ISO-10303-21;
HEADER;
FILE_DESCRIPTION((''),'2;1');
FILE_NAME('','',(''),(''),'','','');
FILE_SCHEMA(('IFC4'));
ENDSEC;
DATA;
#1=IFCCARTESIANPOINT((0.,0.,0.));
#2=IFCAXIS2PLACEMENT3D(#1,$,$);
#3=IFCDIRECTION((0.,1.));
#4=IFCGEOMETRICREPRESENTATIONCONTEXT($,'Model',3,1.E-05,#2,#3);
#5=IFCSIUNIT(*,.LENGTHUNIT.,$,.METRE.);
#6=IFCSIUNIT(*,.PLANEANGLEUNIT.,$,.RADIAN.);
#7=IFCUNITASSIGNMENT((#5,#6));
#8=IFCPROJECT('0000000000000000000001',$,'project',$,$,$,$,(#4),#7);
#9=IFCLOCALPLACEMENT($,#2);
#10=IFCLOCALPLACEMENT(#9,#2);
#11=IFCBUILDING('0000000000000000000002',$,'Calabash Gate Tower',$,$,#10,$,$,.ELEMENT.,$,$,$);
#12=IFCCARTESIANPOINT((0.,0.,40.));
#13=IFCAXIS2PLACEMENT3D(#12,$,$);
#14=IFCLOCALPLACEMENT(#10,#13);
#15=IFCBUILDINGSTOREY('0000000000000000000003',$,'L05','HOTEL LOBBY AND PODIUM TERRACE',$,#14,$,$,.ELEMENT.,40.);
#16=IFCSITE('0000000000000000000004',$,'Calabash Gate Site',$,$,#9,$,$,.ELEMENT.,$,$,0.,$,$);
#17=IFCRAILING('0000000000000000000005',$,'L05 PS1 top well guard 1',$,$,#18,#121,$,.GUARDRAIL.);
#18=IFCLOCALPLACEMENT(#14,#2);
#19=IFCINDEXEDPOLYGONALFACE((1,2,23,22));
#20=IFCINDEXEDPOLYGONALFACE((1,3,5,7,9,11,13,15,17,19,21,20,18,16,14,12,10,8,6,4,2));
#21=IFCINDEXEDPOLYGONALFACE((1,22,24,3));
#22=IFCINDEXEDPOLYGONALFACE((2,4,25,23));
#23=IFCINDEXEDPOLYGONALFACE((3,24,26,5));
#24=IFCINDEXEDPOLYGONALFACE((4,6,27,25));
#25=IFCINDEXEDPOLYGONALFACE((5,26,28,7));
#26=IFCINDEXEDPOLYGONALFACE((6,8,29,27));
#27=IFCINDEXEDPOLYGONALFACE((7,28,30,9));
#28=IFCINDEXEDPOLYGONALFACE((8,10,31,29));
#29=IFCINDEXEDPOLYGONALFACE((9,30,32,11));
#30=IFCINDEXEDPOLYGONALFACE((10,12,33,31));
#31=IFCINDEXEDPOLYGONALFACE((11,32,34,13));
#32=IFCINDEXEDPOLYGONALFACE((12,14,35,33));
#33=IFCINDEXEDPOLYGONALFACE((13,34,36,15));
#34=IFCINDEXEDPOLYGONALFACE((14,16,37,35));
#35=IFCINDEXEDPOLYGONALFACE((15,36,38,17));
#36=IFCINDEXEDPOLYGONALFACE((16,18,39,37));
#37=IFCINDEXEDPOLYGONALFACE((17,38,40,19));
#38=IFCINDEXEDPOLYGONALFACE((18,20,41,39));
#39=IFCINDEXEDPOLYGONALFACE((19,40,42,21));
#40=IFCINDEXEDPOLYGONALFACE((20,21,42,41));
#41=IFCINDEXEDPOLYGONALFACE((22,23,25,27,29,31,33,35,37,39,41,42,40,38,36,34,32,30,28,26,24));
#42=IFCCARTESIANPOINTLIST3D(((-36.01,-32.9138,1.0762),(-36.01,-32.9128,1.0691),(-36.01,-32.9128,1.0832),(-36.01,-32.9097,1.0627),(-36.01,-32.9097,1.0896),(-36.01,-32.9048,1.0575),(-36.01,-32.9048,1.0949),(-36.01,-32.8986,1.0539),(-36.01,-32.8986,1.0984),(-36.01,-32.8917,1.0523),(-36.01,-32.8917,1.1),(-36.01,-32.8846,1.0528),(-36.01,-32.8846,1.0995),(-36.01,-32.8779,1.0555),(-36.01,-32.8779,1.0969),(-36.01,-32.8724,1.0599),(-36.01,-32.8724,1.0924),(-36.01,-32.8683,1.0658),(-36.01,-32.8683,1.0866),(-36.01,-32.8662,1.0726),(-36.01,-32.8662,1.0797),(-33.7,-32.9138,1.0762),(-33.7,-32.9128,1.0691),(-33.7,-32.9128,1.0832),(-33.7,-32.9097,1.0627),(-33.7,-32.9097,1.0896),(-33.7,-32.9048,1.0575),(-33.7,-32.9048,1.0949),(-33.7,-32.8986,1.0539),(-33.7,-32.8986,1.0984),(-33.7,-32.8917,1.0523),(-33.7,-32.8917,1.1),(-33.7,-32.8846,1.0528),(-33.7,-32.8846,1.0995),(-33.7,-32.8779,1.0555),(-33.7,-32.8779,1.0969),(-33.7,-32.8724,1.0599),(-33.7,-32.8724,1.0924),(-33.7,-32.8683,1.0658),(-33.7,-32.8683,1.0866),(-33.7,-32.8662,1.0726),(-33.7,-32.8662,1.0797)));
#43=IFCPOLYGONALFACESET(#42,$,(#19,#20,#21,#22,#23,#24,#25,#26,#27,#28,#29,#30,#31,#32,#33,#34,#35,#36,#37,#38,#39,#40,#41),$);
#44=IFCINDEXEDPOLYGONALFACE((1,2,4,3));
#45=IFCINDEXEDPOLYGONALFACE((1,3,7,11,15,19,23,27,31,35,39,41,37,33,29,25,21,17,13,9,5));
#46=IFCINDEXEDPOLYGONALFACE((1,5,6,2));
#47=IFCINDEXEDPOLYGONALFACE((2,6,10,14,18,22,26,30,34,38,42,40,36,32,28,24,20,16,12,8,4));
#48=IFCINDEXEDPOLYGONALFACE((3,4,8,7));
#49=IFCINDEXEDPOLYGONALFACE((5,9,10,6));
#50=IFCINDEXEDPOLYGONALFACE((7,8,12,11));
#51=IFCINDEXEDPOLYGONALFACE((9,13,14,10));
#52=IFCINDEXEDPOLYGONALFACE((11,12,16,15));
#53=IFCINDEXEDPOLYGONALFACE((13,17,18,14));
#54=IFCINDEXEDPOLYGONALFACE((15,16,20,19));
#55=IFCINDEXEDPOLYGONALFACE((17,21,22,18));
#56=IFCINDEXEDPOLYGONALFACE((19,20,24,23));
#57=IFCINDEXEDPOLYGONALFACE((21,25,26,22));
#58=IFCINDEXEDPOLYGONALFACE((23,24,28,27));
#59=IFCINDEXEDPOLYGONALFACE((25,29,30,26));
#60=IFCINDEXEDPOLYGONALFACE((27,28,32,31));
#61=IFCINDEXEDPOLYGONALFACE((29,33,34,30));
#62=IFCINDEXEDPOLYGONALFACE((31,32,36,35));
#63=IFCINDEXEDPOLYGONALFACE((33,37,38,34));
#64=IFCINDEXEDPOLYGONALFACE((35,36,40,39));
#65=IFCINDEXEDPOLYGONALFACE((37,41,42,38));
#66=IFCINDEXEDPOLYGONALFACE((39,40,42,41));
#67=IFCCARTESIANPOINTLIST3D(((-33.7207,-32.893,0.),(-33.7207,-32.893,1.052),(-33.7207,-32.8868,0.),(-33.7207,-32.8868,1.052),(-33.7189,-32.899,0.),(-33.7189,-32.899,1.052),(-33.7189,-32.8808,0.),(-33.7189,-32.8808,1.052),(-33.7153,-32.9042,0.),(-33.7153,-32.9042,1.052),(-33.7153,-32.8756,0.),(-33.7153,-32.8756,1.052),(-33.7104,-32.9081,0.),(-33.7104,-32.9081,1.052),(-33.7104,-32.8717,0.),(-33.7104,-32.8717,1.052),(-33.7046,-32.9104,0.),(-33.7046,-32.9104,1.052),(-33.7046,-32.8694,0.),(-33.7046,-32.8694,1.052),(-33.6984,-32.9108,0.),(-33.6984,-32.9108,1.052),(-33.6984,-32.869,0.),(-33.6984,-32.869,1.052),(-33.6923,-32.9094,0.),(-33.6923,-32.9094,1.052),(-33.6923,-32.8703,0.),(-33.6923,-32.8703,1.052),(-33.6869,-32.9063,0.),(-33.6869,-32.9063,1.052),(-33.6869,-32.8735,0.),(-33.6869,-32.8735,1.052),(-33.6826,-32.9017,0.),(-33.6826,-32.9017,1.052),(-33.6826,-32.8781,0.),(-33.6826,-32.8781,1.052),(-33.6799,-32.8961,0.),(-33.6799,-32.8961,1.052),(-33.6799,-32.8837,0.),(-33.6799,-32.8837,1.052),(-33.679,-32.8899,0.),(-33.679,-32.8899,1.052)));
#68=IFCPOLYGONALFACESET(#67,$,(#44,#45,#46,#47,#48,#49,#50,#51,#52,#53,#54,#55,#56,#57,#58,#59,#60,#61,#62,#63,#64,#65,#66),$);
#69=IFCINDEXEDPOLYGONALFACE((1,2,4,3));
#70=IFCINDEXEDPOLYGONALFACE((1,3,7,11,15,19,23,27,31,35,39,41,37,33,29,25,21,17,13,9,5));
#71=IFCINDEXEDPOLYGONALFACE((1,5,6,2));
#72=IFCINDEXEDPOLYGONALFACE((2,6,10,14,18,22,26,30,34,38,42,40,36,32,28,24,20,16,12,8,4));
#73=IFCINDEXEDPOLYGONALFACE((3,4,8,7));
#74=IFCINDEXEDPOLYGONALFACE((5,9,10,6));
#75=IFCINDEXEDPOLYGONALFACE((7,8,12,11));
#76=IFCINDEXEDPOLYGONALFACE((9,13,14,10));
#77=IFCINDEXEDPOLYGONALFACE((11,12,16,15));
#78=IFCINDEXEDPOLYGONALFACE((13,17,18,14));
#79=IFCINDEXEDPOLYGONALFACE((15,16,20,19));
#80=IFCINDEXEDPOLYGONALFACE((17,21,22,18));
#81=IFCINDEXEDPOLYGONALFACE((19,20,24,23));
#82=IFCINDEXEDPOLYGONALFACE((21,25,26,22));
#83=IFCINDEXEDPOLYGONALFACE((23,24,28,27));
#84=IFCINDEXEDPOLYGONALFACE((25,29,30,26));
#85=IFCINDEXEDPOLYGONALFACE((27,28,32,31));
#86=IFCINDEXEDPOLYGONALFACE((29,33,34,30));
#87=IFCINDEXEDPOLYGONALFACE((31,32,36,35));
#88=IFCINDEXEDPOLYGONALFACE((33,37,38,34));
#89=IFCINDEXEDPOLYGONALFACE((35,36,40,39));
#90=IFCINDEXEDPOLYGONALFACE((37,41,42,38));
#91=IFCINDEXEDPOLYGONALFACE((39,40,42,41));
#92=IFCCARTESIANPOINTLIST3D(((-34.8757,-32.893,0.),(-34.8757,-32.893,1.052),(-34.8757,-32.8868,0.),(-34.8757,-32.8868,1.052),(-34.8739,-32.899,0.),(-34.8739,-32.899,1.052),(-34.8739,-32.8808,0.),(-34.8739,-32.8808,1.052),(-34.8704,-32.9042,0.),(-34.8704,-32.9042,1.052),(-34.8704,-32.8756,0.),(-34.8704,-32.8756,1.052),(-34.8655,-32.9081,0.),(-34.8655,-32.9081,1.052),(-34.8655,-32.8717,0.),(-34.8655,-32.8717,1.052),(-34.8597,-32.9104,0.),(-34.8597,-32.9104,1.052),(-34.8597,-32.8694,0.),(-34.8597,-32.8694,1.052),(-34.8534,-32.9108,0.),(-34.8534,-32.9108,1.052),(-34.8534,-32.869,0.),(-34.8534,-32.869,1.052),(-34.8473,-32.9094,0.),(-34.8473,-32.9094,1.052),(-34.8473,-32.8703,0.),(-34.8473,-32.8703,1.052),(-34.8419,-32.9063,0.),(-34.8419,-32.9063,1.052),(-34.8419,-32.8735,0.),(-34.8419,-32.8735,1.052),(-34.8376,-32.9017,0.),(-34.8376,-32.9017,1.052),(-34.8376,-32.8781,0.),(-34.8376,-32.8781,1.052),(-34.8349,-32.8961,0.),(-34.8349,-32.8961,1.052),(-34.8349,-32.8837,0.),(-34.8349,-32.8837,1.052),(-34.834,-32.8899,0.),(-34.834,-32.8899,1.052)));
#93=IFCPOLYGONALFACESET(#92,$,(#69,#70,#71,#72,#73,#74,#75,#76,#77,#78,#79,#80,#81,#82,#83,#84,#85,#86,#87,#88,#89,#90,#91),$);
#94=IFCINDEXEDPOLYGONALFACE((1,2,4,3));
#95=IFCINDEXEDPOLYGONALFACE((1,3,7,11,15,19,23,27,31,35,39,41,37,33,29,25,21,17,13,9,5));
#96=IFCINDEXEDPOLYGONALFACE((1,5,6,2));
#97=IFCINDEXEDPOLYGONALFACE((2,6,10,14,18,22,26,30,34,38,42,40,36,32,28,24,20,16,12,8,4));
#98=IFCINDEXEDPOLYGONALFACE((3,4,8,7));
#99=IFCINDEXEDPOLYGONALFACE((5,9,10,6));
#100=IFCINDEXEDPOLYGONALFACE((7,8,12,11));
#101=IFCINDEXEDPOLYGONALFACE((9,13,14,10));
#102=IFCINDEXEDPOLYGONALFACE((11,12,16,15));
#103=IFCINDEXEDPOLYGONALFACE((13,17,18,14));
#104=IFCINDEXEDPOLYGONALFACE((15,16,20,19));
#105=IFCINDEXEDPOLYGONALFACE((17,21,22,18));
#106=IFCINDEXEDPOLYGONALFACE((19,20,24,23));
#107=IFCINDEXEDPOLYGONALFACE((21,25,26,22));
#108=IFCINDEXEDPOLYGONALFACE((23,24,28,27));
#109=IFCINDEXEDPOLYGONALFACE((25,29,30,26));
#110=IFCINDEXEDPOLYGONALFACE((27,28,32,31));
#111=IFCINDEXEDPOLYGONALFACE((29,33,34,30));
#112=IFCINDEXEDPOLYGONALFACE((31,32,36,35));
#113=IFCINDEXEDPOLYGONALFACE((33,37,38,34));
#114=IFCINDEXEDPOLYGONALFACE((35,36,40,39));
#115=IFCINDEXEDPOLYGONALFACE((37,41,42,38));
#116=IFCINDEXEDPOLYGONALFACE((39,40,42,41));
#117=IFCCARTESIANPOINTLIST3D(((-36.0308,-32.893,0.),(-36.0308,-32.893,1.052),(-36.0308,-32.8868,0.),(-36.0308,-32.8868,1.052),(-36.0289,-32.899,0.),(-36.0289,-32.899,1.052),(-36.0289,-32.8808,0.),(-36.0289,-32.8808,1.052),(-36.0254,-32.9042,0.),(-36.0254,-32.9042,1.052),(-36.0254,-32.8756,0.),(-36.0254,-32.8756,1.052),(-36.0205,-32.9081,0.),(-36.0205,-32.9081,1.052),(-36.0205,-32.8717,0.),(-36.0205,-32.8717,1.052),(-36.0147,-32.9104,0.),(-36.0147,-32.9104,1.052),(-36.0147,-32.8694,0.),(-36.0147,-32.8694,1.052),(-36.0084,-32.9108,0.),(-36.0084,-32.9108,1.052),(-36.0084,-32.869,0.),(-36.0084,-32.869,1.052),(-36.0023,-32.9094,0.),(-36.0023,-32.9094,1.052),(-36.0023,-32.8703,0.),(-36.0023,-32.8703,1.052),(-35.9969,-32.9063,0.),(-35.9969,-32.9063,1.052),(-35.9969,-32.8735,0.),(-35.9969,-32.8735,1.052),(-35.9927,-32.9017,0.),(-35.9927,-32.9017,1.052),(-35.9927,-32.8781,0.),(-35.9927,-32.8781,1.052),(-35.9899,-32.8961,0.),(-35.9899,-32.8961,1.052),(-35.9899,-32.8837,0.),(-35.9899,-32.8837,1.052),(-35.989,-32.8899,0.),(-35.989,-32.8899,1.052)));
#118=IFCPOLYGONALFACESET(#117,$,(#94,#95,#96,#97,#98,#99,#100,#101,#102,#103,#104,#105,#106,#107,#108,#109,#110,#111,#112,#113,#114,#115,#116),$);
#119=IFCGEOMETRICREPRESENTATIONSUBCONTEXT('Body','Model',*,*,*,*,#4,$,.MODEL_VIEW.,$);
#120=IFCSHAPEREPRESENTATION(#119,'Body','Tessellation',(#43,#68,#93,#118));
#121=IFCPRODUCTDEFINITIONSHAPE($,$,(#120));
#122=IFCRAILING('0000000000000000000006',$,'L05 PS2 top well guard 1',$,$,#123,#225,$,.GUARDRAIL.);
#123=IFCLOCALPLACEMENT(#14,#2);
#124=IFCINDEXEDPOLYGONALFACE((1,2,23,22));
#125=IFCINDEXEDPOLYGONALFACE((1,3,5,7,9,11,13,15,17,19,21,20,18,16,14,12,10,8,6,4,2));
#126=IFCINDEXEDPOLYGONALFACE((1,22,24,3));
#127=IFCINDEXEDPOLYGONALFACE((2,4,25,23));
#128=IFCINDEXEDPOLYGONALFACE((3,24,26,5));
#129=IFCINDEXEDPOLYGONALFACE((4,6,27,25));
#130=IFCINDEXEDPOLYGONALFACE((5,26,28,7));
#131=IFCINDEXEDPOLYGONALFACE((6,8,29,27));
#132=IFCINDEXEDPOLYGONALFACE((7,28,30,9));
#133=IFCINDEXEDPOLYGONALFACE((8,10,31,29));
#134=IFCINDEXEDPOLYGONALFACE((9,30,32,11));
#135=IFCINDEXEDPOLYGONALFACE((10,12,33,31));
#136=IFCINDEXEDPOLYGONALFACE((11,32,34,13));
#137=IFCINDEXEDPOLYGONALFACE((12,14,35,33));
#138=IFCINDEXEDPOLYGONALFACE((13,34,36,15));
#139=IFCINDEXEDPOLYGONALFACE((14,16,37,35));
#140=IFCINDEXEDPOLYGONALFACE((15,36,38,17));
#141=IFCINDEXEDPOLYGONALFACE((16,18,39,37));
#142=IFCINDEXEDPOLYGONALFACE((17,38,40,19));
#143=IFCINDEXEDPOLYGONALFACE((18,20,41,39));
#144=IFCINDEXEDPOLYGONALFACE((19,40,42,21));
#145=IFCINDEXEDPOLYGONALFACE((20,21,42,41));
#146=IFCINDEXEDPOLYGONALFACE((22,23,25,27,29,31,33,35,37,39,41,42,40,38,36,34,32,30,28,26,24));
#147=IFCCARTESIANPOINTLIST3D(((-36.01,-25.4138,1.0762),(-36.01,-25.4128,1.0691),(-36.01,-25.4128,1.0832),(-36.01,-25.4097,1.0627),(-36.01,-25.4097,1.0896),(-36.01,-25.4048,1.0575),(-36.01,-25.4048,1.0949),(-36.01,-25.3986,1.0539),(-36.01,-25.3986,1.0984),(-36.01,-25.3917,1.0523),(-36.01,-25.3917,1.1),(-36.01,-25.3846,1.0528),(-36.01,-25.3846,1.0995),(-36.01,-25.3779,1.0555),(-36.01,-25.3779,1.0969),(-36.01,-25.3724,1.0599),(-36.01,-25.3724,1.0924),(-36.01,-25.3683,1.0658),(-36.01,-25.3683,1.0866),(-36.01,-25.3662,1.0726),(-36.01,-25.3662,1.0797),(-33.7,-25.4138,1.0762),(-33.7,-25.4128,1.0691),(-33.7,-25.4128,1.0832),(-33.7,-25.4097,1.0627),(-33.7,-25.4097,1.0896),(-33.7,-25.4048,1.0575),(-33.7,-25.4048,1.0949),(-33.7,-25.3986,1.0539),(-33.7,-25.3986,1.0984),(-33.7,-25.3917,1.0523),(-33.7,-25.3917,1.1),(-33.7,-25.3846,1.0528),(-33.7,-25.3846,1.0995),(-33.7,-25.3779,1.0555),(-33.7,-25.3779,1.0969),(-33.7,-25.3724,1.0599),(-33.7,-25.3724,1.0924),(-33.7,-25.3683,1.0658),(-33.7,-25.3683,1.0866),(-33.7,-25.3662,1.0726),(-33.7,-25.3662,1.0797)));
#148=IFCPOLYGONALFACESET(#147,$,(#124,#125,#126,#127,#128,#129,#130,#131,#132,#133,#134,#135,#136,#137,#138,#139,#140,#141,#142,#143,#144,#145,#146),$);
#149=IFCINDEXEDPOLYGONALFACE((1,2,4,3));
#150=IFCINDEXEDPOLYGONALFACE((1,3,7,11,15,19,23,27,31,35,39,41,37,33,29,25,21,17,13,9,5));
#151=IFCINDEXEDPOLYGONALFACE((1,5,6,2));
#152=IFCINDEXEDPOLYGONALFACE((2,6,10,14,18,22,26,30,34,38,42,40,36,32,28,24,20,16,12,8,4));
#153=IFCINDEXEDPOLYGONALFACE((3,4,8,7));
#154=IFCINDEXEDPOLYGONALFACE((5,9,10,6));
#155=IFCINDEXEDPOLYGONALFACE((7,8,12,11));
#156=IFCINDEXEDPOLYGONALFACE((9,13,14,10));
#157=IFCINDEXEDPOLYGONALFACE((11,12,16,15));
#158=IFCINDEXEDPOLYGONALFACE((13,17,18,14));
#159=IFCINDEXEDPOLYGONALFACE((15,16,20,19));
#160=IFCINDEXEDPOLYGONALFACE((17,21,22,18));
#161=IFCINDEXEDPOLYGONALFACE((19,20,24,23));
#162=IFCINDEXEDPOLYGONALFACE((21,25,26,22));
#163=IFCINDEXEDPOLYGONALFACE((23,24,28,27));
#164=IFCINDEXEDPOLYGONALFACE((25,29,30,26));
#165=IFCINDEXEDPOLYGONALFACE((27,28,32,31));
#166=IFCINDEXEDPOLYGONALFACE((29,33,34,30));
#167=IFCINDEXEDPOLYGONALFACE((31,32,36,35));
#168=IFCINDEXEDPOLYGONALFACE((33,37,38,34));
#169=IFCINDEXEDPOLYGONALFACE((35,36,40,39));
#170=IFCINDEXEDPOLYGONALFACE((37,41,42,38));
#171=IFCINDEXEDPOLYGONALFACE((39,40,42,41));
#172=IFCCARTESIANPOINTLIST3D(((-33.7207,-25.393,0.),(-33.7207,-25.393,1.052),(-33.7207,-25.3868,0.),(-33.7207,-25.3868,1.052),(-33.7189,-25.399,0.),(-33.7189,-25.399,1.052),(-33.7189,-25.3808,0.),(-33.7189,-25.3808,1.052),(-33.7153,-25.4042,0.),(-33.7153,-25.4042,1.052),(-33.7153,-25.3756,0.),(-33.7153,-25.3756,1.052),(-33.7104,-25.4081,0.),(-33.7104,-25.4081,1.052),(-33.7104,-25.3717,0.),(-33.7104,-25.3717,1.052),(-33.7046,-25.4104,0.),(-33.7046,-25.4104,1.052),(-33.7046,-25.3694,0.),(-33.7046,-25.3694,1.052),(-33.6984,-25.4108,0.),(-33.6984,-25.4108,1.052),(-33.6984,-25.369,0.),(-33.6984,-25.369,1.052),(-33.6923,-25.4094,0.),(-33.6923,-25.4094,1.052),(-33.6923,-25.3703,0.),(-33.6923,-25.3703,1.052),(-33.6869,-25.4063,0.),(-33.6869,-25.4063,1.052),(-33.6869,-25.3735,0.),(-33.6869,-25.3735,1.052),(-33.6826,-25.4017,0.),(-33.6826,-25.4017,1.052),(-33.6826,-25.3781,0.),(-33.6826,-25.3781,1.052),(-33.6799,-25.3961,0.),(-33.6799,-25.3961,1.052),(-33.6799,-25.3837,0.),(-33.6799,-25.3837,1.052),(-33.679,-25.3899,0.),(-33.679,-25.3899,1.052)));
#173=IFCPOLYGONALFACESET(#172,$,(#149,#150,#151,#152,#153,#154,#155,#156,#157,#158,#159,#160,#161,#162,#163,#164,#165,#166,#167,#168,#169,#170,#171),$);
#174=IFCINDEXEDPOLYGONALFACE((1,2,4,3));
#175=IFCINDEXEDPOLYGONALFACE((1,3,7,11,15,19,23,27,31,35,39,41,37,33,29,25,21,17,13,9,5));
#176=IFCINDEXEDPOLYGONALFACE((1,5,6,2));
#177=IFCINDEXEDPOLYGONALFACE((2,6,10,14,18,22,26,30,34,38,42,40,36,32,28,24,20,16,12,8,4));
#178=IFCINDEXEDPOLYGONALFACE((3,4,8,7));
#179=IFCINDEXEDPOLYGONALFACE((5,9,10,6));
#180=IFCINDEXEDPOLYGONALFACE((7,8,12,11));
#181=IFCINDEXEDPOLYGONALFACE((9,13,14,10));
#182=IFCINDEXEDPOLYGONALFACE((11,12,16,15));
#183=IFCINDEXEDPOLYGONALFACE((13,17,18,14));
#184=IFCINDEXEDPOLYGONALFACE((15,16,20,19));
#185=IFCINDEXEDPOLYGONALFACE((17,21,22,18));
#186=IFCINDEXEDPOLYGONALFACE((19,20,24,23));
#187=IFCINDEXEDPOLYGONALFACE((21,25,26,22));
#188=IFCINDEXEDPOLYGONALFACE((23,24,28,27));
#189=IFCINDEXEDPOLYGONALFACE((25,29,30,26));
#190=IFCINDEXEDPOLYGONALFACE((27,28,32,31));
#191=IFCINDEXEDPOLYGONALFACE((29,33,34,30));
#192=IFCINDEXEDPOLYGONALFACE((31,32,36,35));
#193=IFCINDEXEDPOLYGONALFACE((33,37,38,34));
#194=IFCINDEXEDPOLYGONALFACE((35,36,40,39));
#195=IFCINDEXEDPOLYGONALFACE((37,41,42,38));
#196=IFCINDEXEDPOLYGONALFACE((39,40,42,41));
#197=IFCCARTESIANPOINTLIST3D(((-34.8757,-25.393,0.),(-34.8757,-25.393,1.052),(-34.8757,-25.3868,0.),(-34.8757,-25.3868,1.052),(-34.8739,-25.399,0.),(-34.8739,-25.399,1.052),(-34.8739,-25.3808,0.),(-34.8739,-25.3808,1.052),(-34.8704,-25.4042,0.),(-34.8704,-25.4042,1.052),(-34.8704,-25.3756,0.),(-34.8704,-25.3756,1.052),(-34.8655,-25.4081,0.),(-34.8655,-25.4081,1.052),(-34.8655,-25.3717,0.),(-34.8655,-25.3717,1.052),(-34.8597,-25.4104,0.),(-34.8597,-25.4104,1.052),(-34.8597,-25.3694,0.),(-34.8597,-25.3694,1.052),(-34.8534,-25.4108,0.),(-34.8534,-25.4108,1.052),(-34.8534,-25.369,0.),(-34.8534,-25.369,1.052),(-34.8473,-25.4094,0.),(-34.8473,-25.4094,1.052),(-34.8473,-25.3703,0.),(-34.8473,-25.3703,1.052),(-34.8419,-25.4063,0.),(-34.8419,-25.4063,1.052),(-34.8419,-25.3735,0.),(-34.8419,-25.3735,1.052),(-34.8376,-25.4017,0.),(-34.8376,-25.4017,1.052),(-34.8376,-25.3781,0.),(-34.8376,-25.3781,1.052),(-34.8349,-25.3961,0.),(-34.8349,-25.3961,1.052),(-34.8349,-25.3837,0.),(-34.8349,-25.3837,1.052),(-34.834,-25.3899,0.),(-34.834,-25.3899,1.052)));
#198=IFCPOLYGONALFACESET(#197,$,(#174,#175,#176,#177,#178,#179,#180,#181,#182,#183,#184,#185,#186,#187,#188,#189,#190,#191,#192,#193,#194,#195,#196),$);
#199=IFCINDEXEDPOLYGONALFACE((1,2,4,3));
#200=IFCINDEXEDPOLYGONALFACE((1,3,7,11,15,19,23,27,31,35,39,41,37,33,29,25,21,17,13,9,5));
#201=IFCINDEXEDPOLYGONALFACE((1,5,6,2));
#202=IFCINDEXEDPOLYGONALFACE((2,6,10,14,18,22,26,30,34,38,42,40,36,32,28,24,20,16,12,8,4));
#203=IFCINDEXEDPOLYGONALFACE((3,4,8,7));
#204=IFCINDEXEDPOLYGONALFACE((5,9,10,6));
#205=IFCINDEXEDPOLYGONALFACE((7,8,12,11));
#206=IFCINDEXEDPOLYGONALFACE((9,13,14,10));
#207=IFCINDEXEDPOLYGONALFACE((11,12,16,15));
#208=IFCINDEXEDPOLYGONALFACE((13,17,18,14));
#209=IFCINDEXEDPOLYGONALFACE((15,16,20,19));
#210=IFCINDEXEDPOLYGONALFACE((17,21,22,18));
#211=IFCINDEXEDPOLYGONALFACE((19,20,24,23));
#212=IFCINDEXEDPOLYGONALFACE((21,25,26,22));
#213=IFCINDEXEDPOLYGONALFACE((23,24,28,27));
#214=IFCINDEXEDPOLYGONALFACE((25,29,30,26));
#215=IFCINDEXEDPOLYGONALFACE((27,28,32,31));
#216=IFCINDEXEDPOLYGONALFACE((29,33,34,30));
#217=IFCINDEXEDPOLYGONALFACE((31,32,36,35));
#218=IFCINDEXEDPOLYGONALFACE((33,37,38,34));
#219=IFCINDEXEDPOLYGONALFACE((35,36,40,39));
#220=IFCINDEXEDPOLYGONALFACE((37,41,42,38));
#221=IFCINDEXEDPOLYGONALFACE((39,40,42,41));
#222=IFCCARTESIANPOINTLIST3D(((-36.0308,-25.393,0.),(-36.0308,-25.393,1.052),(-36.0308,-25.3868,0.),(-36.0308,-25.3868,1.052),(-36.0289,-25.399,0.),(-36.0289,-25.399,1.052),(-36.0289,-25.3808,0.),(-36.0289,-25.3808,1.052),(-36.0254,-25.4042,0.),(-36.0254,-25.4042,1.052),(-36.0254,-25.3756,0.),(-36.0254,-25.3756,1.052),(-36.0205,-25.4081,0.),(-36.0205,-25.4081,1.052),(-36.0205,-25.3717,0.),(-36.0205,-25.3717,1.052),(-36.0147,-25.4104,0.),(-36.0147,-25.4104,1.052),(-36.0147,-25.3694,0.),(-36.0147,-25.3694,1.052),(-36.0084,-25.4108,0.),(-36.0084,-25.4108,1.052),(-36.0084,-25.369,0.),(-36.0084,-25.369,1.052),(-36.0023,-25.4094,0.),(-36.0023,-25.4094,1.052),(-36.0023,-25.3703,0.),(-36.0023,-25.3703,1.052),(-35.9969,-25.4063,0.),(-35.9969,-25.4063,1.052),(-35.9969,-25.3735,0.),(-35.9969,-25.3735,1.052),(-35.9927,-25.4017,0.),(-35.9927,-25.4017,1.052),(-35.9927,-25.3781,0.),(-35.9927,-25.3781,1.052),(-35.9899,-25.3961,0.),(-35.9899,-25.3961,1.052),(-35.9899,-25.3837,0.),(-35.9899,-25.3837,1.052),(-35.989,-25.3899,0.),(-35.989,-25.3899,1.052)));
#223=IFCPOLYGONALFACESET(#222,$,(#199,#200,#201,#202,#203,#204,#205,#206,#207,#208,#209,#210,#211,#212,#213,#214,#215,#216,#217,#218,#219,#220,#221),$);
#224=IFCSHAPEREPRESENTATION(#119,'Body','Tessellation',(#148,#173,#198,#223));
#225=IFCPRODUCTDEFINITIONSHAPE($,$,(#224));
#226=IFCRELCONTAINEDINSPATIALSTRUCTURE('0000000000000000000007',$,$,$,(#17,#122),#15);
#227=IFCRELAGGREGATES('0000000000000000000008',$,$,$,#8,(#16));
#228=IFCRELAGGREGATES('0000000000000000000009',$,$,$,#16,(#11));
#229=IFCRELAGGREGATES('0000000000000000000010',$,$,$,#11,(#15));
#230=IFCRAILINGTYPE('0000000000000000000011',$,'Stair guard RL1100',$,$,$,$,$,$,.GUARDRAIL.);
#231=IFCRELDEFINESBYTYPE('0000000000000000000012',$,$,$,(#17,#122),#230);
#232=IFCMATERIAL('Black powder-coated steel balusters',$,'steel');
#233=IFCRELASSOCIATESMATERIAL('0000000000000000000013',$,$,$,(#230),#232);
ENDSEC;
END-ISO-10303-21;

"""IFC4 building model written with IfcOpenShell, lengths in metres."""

from ifc_helpers import new_model, si_unit, direction, frame, origin, origin_2d, place, context, subcontext, project, spatial, circle, extrude, material, type_object, element, save


model = new_model("IFC4")

# Units and contexts
model_context = context("Model", 3, precision=1e-05, world=origin(), true_north=direction((0.0, 1.0)))
body_context = subcontext(model_context, "Body", "Model", "MODEL_VIEW")
ifc_project = project(units=[si_unit("LENGTHUNIT", "METRE"), si_unit("PLANEANGLEUNIT", "RADIAN")], contexts=[model_context])

# Site, building, storey
site_placement = place(None, origin())
site = spatial("IfcSite", under=ifc_project, at=site_placement, Name="Calabash Gate Site", CompositionType="ELEMENT", RefElevation=0.0)
building_placement = place(site_placement, origin())
building = spatial("IfcBuilding", under=site, at=building_placement, Name="Calabash Gate Tower", CompositionType="ELEMENT")
storey_placement = place(building_placement, frame((0.0, 0.0, 40.0)))
storey = spatial("IfcBuildingStorey", under=building, at=storey_placement, Name="L05", Description="HOTEL LOBBY AND PODIUM TERRACE", CompositionType="ELEMENT", Elevation=40.0)

# Railings
ifc_material_1 = material(Name="Black powder-coated steel balusters", Category="steel")
railing_type_1 = type_object("IfcRailingType", Name="Stair guard RL1100", PredefinedType="GUARDRAIL", material=ifc_material_1)
for number, where, name in (
    (1, (-33.7, -32.8899, 0.0), "L05 PS1 top well guard 1"),
    (2, (-33.7, -25.3899, 0.0), "L05 PS2 top well guard 1"),
):
    element("IfcRailing", number, at=place(storey_placement, frame(where)), inside=storey, type_object=railing_type_1, Name=name, PredefinedType="GUARDRAIL", context=body_context, shape_type="SweptSolid", body=[
        extrude(circle(Radius=0.0239, at=origin_2d()), frame((0.0, 0.0, 1.0762), z_axis=(-1.0, 0.0, 0.0), x_axis=(0.0, -1.0, 0.0)), (0.0, 0.0, 1.0), 2.3101),
        extrude(circle(Radius=0.021, at=origin_2d()), origin(), (0.0, 0.0, 1.0), 1.052),
        extrude(circle(Radius=0.021, at=origin_2d()), frame((-1.155, 0.0, 0.0)), (0.0, 0.0, 1.0), 1.052),
        extrude(circle(Radius=0.021, at=origin_2d()), frame((-2.3101, 0.0, 0.0)), (0.0, 0.0, 1.0), 1.052),
    ])

save(model, "model.ifc")
